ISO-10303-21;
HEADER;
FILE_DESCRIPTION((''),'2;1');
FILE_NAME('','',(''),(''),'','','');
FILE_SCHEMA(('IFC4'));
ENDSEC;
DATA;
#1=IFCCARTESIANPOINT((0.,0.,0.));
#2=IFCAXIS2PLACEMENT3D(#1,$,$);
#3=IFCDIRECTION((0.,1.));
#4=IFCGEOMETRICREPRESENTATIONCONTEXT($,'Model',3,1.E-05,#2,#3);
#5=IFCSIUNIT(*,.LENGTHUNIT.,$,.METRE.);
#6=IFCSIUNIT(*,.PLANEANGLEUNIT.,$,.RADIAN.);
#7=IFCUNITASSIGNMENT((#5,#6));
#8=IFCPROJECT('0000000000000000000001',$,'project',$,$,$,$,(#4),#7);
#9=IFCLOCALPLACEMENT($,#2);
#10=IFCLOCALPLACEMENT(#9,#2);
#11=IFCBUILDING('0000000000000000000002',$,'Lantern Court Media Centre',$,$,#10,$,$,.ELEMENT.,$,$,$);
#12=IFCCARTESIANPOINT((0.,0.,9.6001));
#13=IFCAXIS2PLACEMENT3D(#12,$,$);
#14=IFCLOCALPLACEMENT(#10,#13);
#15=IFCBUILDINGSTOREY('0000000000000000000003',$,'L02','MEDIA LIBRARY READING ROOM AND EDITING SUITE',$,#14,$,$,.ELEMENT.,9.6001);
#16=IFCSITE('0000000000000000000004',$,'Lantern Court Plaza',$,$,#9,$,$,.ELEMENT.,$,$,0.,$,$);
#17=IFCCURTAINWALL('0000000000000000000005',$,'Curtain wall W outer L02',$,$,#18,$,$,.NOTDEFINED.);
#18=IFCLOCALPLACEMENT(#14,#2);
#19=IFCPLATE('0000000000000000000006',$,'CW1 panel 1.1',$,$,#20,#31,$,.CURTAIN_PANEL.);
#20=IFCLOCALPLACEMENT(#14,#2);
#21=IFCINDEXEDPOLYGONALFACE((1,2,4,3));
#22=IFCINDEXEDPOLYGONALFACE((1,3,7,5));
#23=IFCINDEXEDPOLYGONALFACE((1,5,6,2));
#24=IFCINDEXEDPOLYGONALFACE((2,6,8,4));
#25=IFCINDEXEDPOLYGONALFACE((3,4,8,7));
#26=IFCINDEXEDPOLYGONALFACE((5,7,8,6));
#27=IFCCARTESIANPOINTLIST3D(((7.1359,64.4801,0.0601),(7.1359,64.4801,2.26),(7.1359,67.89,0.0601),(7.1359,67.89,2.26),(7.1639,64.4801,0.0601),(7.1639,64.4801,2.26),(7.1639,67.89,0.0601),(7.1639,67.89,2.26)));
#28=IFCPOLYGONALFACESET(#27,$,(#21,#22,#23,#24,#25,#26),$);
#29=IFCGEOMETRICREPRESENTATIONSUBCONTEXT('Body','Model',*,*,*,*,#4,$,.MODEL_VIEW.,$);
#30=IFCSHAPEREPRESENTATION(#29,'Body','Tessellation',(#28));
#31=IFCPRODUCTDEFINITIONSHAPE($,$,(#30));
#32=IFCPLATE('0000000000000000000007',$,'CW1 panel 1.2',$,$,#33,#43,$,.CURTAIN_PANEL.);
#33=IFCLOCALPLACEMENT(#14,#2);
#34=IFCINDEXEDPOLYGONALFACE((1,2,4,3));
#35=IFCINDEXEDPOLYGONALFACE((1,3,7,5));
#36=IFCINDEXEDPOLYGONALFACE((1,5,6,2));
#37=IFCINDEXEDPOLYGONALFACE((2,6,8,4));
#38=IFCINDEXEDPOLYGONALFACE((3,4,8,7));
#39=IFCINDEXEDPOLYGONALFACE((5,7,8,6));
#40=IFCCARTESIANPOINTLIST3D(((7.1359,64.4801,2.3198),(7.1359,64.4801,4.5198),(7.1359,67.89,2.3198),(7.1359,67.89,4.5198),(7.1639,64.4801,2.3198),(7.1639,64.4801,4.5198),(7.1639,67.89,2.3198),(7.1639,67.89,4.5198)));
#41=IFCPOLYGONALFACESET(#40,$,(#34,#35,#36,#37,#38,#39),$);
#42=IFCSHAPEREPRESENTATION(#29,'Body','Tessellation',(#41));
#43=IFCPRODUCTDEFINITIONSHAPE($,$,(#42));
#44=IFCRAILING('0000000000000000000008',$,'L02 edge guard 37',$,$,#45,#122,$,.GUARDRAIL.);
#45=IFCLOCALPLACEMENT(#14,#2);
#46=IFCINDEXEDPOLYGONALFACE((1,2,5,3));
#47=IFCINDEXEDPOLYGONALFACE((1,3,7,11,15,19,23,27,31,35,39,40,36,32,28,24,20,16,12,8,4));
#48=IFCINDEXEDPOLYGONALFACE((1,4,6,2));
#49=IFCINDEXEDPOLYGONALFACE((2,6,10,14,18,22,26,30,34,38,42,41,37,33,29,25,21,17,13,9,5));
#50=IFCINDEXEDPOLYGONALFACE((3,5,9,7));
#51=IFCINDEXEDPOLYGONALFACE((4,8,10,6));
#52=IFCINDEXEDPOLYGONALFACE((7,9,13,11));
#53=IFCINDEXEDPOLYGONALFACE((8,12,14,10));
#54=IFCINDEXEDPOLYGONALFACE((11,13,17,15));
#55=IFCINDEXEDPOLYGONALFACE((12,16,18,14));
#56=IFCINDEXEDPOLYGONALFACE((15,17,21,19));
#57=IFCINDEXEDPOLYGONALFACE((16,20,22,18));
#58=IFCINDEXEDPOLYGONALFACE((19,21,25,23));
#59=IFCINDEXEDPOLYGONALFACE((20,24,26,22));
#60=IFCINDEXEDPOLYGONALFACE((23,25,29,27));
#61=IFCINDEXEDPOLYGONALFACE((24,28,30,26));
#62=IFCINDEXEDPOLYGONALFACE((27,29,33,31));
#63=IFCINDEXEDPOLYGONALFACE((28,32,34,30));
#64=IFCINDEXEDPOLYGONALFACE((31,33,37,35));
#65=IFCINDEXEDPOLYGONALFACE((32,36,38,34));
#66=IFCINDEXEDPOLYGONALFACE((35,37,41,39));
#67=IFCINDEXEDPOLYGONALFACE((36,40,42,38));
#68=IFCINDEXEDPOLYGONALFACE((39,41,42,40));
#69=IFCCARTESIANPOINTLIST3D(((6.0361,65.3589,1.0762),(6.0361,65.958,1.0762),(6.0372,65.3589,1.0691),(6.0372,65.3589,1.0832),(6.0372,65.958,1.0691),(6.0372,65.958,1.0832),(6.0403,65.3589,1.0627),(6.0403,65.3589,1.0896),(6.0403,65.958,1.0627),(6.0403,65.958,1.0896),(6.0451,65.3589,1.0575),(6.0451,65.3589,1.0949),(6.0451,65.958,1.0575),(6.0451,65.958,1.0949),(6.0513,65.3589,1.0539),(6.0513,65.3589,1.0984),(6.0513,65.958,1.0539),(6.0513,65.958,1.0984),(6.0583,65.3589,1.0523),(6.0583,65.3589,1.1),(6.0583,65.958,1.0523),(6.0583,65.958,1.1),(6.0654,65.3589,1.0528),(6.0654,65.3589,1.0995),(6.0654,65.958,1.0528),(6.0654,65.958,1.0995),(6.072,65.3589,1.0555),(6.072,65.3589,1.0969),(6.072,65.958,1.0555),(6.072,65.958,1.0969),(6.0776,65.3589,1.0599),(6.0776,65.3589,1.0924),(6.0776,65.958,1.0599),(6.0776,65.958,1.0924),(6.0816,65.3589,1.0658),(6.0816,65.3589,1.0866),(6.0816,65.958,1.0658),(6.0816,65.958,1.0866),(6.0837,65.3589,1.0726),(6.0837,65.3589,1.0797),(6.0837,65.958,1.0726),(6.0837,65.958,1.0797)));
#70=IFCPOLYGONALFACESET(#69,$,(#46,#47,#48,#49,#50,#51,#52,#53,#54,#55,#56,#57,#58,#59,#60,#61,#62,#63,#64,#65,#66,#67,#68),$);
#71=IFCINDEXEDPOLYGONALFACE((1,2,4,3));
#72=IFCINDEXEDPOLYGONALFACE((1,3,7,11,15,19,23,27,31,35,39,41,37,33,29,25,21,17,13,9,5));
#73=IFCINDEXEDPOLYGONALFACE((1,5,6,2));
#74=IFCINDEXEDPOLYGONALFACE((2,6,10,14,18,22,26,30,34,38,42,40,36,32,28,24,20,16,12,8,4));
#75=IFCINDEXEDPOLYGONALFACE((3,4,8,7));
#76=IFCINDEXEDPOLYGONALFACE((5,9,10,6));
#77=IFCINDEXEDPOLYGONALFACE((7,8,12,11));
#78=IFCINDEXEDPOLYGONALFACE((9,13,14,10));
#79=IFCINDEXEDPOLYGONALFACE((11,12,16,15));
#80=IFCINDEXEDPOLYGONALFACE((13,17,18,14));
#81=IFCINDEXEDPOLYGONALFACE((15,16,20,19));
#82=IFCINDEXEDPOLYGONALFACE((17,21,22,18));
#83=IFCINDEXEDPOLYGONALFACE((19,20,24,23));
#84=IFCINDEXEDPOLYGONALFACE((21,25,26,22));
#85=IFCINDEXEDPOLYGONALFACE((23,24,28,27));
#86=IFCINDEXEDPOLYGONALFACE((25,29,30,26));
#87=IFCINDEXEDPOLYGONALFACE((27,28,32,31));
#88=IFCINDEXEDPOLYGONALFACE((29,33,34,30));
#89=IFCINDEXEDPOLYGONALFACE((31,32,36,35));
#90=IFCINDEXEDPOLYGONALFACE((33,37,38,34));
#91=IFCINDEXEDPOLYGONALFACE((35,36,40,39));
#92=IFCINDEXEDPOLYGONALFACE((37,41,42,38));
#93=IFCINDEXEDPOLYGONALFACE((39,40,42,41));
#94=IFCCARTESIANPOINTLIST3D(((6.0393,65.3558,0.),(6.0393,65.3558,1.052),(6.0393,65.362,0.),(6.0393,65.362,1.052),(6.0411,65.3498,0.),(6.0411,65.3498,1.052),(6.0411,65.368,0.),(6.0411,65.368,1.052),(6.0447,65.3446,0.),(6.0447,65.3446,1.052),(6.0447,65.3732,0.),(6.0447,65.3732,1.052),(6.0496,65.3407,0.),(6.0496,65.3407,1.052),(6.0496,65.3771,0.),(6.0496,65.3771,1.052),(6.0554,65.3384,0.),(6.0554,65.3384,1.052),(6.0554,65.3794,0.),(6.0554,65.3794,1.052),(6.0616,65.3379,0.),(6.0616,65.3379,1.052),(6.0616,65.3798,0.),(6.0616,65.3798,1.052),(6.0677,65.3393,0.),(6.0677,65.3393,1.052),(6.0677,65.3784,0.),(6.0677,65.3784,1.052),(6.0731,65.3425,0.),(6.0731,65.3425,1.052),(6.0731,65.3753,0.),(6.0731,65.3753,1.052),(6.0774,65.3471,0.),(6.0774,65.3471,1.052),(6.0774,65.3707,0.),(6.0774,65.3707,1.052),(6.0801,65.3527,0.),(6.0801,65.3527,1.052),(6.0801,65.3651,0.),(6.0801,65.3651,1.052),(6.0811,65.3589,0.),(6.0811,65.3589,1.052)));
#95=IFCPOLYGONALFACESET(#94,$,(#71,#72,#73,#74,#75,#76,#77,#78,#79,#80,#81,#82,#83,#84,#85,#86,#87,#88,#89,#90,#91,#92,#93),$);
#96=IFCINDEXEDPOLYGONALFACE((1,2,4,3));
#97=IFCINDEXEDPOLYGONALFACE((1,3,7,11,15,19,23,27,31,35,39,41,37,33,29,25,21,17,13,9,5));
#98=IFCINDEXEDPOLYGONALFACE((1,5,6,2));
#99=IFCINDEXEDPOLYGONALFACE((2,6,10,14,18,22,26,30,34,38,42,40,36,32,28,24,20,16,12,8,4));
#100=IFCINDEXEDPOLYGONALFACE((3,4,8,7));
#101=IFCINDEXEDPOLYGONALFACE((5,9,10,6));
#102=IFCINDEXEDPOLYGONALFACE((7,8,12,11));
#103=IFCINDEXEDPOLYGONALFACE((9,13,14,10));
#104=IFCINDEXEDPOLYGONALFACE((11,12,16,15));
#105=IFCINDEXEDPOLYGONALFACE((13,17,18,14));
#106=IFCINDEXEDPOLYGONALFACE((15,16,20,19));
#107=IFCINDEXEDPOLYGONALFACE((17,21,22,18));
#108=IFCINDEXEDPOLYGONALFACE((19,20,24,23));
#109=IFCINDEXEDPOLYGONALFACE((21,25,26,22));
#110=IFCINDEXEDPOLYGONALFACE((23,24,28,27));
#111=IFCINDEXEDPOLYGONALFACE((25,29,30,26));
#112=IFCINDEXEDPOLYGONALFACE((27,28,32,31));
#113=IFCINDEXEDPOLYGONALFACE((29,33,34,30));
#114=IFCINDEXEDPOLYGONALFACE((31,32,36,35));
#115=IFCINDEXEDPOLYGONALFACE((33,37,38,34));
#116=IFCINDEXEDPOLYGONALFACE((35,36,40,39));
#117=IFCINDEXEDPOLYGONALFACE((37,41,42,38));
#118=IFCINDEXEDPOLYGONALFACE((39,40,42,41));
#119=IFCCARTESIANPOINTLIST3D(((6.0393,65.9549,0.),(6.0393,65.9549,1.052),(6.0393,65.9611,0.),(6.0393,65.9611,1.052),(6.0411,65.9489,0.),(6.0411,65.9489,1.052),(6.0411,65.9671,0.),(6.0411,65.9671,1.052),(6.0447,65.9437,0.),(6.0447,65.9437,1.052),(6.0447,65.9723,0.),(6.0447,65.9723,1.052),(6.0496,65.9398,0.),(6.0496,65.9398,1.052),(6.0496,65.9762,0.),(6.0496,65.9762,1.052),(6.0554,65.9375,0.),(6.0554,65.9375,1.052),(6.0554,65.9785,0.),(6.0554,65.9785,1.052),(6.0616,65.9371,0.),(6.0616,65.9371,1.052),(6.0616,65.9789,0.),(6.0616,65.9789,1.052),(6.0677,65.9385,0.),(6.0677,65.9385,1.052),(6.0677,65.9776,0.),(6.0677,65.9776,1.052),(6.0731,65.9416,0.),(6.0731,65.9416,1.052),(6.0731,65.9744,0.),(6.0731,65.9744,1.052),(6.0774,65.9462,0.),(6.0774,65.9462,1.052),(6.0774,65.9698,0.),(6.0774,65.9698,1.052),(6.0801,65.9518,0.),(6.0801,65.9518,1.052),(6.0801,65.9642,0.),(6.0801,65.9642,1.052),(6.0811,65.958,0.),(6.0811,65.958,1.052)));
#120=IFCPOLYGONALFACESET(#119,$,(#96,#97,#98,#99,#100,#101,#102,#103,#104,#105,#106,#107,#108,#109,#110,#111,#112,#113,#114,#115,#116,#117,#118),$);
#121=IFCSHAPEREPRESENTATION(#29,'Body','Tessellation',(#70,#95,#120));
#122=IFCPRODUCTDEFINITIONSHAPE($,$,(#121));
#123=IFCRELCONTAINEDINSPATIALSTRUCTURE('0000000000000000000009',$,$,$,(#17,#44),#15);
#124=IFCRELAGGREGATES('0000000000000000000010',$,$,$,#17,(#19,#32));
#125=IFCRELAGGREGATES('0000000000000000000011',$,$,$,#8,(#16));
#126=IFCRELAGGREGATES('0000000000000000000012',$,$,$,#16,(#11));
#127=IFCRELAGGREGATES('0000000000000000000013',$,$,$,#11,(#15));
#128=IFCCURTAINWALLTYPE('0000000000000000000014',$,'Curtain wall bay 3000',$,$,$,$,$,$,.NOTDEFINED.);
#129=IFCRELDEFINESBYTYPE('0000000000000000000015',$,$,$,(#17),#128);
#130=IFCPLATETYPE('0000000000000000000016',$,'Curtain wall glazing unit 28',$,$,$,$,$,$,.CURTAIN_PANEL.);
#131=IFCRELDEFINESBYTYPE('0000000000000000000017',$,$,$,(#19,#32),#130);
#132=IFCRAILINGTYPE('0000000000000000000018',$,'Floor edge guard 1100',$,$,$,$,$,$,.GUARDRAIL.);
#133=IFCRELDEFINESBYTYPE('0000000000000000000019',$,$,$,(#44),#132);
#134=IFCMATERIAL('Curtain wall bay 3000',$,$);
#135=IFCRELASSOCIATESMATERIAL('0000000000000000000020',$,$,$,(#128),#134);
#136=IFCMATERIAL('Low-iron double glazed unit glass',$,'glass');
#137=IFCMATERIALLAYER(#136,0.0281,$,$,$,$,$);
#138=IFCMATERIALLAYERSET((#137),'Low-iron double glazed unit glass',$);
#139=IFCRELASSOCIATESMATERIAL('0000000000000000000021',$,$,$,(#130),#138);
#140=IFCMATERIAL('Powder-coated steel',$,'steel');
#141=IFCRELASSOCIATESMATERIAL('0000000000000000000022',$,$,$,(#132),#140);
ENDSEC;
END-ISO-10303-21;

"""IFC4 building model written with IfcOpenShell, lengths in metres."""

from ifc_helpers import new_model, si_unit, direction, frame, origin, origin_2d, place, context, subcontext, project, spatial, rectangle, circle, extrude, material, layer, layer_set, type_object, element, aggregate, save


model = new_model("IFC4")

# Units and contexts
model_context = context("Model", 3, precision=1e-05, world=origin(), true_north=direction((0.0, 1.0)))
body_context = subcontext(model_context, "Body", "Model", "MODEL_VIEW")
ifc_project = project(units=[si_unit("LENGTHUNIT", "METRE"), si_unit("PLANEANGLEUNIT", "RADIAN")], contexts=[model_context])

# Site, building, storey
site_placement = place(None, origin())
site = spatial("IfcSite", under=ifc_project, at=site_placement, Name="Lantern Court Plaza", CompositionType="ELEMENT", RefElevation=0.0)
building_placement = place(site_placement, origin())
building = spatial("IfcBuilding", under=site, at=building_placement, Name="Lantern Court Media Centre", CompositionType="ELEMENT")
storey_placement = place(building_placement, frame((0.0, 0.0, 9.6001)))
storey = spatial("IfcBuildingStorey", under=building, at=storey_placement, Name="L02", Description="MEDIA LIBRARY READING ROOM AND EDITING SUITE", CompositionType="ELEMENT", Elevation=9.6001)

# Curtain wall
ifc_material_1 = material(Name="Curtain wall bay 3000")
curtain_wall_type = type_object("IfcCurtainWallType", Name="Curtain wall bay 3000", PredefinedType="NOTDEFINED", material=ifc_material_1)
curtain_wall_placement = place(storey_placement, origin())
curtain_wall = element("IfcCurtainWall", 1, at=curtain_wall_placement, inside=storey, type_object=curtain_wall_type, Name="Curtain wall W outer L02", PredefinedType="NOTDEFINED")

# Plates
ifc_material_2 = material(Name="Low-iron double glazed unit glass", Category="glass")
ifc_layer_1 = layer(ifc_material_2, 0.0281)
ifc_layer_set_1 = layer_set([ifc_layer_1], Name="Low-iron double glazed unit glass")
plate_type = type_object("IfcPlateType", Name="Curtain wall glazing unit 28", PredefinedType="CURTAIN_PANEL", material=ifc_layer_set_1)
plate_1_placement = place(storey_placement, frame((7.1499, 66.1851, 0.0601), z_axis=(0.0, 0.0, 1.0), x_axis=(0.0, 1.0, 0.0)))
plate_1 = element("IfcPlate", 2, at=plate_1_placement, type_object=plate_type, Name="CW1 panel 1.1", PredefinedType="CURTAIN_PANEL", context=body_context, shape_type="SweptSolid", body=[
    extrude(rectangle(XDim=3.4099, YDim=0.0281, at=origin_2d()), origin(), (0.0, 0.0, 1.0), 2.2),
])
plate_2_placement = place(storey_placement, frame((7.1499, 66.1851, 2.3198), z_axis=(0.0, 0.0, 1.0), x_axis=(0.0, 1.0, 0.0)))
plate_2 = element("IfcPlate", 3, at=plate_2_placement, type_object=plate_type, Name="CW1 panel 1.2", PredefinedType="CURTAIN_PANEL", context=body_context, shape_type="SweptSolid", body=[
    extrude(rectangle(XDim=3.4099, YDim=0.0281, at=origin_2d()), origin(), (0.0, 0.0, 1.0), 2.2),
])
aggregate(curtain_wall, [plate_1, plate_2])

# Railing
ifc_material_3 = material(Name="Powder-coated steel", Category="steel")
railing_type = type_object("IfcRailingType", Name="Floor edge guard 1100", PredefinedType="GUARDRAIL", material=ifc_material_3)
railing_1_placement = place(storey_placement, frame((6.0601, 65.3589, 0.0)))
element("IfcRailing", 4, at=railing_1_placement, inside=storey, type_object=railing_type, Name="L02 edge guard 37", PredefinedType="GUARDRAIL", context=body_context, shape_type="SweptSolid", body=[
    extrude(circle(Radius=0.0239, at=origin_2d()), frame((0.0, 0.0, 1.0762), z_axis=(0.0, 1.0, 0.0), x_axis=(-1.0, 0.0, 0.0)), (0.0, 0.0, 1.0), 0.5991),
    extrude(circle(Radius=0.021, at=origin_2d()), origin(), (0.0, 0.0, 1.0), 1.052),
    extrude(circle(Radius=0.021, at=origin_2d()), frame((0.0, 0.5991, 0.0)), (0.0, 0.0, 1.0), 1.052),
])

save(model, "model.ifc")
